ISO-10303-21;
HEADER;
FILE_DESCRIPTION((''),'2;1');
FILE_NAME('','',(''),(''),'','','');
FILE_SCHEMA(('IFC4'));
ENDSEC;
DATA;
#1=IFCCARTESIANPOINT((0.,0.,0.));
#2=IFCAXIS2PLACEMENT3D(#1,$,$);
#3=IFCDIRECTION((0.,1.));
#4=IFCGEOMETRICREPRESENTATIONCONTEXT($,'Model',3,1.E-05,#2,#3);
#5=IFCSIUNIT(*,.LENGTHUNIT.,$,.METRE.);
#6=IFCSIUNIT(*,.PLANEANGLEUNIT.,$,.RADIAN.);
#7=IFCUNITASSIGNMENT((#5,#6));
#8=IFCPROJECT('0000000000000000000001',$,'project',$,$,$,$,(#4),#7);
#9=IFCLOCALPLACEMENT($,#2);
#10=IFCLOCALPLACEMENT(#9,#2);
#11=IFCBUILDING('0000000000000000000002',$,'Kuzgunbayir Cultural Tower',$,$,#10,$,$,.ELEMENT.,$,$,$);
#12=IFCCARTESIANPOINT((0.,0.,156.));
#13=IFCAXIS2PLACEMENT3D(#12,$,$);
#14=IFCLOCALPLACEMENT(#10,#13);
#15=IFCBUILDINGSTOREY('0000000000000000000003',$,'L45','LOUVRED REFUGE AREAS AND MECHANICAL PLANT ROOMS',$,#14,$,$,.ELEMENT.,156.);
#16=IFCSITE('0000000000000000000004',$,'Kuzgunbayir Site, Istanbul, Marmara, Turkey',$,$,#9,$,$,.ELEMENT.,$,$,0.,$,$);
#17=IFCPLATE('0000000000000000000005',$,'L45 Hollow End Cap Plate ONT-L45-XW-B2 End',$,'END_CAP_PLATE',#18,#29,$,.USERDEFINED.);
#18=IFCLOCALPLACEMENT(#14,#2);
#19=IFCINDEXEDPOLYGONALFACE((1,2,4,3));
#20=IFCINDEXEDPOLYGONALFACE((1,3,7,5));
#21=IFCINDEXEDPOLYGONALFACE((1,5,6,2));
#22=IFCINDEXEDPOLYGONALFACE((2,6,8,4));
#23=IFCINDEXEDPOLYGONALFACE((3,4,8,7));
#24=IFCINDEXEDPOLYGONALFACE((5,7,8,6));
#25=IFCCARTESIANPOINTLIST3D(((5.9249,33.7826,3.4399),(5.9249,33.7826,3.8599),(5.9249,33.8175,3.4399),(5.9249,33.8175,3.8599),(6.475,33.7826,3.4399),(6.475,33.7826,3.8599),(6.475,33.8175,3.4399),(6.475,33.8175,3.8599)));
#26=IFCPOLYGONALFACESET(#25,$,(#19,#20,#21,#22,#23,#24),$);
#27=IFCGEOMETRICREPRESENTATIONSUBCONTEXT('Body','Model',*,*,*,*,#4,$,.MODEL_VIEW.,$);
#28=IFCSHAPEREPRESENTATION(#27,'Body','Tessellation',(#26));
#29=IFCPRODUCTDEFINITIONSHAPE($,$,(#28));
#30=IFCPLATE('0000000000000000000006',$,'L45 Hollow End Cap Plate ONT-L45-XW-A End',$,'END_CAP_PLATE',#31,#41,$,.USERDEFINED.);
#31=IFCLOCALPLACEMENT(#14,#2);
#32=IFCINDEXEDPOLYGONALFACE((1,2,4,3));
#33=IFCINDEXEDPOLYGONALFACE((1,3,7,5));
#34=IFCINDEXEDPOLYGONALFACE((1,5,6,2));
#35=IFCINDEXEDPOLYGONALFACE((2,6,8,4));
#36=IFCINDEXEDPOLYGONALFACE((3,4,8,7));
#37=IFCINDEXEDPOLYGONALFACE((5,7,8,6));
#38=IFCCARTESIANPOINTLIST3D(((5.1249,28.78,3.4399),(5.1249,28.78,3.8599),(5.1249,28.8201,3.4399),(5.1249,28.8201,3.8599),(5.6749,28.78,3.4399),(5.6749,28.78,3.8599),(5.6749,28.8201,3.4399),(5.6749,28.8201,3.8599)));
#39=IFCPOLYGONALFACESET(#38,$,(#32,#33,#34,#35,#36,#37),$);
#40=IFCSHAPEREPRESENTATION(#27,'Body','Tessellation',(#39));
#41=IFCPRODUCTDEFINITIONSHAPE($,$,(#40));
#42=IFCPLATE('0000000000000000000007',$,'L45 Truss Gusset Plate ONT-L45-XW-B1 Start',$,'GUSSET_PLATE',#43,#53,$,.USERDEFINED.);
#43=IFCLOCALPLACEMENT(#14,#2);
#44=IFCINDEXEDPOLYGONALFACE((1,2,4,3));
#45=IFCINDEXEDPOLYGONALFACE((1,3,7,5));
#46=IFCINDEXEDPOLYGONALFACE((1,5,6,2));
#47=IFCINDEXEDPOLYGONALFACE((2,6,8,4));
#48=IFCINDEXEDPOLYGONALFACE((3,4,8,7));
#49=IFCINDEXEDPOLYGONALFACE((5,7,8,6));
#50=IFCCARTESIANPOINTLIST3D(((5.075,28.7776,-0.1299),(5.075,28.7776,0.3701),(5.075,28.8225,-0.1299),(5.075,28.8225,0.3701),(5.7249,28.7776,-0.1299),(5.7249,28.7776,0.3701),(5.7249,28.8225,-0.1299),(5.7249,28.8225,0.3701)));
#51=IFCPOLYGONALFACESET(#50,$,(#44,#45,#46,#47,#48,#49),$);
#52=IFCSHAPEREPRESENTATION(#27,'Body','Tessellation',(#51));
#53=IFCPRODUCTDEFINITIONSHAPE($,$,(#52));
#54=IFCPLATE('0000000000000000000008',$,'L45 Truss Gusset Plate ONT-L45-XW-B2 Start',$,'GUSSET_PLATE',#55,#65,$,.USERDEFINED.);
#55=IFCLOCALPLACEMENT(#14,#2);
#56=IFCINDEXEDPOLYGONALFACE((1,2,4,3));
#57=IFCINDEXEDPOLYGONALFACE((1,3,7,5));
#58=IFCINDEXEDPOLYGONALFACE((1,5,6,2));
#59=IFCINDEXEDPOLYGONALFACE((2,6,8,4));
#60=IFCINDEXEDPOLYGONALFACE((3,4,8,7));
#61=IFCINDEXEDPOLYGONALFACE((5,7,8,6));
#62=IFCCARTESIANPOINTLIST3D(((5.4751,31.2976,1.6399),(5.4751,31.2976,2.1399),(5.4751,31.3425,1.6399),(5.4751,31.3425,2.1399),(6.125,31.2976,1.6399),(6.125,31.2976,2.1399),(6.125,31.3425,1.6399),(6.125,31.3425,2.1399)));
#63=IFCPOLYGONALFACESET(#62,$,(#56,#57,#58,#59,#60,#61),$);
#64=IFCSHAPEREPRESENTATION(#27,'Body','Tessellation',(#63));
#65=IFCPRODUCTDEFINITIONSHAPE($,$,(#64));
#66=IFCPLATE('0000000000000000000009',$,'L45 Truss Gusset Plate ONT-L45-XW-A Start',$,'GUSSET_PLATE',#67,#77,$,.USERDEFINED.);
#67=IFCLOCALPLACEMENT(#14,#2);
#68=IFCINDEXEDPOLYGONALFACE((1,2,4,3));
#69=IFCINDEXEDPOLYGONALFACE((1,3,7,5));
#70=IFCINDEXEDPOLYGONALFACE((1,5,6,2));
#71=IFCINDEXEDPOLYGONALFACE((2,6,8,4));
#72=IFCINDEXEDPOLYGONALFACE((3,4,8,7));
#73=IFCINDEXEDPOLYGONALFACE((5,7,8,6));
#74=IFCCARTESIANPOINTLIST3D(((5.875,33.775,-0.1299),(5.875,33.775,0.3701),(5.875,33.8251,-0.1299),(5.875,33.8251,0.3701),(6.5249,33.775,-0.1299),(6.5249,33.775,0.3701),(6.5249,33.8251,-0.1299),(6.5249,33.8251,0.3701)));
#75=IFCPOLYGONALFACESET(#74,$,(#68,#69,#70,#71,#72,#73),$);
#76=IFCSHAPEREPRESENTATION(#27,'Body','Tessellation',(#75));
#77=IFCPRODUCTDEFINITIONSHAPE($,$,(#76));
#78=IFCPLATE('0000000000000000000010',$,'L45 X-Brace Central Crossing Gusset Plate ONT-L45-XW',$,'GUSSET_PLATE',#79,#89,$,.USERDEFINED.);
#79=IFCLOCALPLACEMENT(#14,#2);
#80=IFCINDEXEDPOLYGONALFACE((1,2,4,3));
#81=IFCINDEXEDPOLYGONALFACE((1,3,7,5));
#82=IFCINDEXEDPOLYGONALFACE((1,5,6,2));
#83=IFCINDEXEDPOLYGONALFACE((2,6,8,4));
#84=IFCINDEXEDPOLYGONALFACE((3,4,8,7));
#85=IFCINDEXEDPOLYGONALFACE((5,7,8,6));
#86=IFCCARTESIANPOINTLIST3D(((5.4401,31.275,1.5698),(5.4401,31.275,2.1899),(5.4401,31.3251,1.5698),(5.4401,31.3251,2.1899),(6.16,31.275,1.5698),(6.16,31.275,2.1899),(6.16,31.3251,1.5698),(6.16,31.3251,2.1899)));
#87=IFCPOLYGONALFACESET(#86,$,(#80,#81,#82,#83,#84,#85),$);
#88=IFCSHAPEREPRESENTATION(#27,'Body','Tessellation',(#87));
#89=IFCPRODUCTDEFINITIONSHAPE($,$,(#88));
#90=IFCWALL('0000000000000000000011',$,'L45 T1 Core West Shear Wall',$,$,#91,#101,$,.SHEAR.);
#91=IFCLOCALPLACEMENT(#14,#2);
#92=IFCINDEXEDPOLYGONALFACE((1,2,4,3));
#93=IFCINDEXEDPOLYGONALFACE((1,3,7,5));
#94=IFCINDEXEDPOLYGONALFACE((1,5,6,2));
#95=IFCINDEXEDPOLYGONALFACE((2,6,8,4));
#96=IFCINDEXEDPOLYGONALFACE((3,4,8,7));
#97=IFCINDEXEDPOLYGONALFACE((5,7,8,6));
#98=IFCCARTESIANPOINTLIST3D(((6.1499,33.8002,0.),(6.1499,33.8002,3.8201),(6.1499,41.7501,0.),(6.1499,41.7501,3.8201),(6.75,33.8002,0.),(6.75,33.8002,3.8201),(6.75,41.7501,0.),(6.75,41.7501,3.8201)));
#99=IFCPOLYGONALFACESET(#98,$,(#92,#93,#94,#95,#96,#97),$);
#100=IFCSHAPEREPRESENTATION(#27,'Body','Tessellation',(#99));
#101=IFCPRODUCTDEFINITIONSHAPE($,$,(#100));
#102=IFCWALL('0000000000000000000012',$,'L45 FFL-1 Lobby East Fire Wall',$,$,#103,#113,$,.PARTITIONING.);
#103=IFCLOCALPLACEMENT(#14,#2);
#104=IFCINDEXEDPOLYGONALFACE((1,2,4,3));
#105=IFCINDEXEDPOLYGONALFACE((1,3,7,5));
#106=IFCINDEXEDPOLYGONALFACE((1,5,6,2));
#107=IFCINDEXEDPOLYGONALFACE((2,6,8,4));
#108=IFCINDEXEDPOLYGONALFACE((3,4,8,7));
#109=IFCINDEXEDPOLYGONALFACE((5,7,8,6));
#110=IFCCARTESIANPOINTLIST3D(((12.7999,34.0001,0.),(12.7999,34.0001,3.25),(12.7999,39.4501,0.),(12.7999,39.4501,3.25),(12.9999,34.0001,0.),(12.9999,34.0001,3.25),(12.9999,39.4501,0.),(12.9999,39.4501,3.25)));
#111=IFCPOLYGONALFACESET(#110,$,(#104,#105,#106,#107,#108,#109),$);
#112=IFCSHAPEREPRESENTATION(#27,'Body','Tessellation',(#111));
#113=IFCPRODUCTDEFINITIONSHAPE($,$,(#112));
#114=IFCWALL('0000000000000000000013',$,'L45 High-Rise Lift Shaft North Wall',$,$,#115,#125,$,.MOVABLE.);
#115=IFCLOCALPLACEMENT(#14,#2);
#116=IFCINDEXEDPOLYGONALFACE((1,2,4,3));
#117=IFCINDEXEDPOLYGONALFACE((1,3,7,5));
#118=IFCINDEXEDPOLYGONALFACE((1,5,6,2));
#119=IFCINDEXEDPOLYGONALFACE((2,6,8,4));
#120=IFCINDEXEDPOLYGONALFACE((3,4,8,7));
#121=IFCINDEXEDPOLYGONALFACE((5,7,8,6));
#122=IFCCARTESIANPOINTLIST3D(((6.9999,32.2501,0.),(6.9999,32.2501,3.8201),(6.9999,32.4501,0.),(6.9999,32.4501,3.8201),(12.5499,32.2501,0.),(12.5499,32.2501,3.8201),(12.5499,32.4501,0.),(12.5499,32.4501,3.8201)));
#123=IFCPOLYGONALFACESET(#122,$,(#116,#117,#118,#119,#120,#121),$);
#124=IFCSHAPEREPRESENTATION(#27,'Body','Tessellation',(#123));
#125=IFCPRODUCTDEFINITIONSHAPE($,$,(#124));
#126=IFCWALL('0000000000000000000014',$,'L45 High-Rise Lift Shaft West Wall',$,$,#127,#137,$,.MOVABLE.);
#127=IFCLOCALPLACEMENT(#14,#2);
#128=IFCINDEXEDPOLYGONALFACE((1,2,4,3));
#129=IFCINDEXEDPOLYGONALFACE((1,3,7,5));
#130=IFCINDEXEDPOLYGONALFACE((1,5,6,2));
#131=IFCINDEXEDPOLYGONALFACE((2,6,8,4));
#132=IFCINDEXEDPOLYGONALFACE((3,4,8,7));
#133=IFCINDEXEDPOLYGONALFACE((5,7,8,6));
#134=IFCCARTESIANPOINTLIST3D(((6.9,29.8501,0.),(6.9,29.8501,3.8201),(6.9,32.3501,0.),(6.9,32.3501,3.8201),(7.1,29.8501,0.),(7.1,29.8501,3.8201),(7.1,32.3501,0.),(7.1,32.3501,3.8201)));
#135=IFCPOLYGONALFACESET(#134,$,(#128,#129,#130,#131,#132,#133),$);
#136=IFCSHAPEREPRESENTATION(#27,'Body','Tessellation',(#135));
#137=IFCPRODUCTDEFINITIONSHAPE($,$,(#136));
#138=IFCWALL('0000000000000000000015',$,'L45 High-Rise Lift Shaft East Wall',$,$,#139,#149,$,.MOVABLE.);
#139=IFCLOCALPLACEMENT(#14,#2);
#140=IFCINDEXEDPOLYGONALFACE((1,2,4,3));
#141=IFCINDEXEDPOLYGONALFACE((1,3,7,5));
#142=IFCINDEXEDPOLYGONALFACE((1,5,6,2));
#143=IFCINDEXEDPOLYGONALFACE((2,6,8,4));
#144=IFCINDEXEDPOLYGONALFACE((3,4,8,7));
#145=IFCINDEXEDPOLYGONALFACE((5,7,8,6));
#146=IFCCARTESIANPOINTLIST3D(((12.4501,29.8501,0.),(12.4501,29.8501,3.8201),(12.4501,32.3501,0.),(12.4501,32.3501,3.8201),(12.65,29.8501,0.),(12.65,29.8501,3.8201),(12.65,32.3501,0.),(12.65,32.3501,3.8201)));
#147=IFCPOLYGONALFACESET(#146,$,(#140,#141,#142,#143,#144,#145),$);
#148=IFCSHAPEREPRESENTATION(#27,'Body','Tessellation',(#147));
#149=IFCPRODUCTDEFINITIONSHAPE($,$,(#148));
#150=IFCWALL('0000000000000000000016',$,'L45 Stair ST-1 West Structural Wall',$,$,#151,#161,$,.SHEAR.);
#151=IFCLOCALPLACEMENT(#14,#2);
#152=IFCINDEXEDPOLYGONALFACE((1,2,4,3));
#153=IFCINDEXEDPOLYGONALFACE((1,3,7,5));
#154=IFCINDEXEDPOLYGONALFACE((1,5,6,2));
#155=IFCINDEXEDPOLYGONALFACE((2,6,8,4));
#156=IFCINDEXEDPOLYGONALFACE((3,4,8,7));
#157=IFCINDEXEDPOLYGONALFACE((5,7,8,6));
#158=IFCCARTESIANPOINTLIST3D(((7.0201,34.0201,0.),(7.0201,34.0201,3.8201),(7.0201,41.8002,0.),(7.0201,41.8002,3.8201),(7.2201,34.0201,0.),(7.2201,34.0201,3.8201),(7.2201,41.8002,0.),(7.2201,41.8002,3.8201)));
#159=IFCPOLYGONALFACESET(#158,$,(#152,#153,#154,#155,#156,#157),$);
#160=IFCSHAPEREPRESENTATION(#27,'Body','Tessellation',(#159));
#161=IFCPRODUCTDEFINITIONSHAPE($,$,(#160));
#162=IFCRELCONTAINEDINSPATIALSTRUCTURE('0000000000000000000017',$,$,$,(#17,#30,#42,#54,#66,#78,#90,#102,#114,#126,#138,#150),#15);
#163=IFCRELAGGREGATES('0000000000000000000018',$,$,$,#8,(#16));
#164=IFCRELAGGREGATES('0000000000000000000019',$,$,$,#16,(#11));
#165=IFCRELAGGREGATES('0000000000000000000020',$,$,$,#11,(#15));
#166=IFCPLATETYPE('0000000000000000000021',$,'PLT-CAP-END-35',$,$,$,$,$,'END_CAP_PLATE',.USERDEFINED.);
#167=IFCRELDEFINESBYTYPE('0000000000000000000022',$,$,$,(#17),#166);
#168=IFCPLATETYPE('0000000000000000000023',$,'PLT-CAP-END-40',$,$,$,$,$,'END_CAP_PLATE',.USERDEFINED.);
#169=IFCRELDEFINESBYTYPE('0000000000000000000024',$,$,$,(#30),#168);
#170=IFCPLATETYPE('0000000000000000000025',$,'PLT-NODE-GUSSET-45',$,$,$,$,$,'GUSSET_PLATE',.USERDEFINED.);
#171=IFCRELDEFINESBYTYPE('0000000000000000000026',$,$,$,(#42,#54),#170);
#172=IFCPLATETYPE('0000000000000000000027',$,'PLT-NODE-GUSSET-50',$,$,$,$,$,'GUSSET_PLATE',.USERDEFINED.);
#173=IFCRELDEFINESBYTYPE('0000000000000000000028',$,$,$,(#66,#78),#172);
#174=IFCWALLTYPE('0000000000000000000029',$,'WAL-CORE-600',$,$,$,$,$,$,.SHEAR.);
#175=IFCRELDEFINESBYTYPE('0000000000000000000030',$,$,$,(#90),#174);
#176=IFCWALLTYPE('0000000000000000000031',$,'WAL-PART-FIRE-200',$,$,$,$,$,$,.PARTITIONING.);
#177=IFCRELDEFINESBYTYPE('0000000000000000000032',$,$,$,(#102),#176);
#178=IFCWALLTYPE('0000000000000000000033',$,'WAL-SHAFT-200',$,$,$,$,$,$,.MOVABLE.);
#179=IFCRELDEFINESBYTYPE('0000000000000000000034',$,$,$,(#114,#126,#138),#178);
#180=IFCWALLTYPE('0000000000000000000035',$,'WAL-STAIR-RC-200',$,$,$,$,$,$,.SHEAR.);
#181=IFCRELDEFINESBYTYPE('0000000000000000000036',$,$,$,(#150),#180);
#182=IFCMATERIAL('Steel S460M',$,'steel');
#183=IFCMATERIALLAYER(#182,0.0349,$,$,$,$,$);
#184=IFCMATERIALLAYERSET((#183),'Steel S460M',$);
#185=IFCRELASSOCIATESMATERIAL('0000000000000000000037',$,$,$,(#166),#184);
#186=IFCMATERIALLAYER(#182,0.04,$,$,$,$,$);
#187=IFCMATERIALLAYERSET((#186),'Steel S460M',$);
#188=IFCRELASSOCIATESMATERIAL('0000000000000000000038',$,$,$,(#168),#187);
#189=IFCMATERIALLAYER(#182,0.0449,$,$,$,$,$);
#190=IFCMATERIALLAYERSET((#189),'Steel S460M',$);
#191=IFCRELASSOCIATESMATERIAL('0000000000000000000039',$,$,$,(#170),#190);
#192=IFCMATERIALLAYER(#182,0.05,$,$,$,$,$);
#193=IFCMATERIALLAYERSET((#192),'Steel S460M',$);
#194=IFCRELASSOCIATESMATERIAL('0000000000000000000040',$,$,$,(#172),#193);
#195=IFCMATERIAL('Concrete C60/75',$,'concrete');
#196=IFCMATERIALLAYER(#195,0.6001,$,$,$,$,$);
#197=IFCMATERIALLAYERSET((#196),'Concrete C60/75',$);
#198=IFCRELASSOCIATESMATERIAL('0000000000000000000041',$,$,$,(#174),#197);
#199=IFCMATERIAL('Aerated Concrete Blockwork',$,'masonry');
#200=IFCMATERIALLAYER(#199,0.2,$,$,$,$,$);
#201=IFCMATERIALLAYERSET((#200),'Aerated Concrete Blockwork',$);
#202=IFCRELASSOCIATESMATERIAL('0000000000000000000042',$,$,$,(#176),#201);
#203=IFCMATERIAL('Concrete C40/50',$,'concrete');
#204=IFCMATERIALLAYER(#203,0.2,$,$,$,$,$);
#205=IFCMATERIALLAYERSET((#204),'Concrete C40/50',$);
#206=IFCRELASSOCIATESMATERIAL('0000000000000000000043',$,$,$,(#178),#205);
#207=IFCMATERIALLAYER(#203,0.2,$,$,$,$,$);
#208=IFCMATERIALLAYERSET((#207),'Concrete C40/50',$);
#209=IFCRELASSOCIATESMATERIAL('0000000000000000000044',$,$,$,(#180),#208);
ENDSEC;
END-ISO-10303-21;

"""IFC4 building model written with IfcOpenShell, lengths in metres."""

from ifc_helpers import new_model, si_unit, direction, frame, frame_2d, origin, origin_2d, place, context, subcontext, project, spatial, rectangle, extrude, material, layer, layer_set, type_object, element, save


model = new_model("IFC4")

# Units and contexts
model_context = context("Model", 3, precision=1e-05, world=origin(), true_north=direction((0.0, 1.0)))
body_context = subcontext(model_context, "Body", "Model", "MODEL_VIEW")
ifc_project = project(units=[si_unit("LENGTHUNIT", "METRE"), si_unit("PLANEANGLEUNIT", "RADIAN")], contexts=[model_context])

# Site, building, storey
site_placement = place(None, origin())
site = spatial("IfcSite", under=ifc_project, at=site_placement, Name="Kuzgunbayir Site, Istanbul, Marmara, Turkey", CompositionType="ELEMENT", RefElevation=0.0)
building_placement = place(site_placement, origin())
building = spatial("IfcBuilding", under=site, at=building_placement, Name="Kuzgunbayir Cultural Tower", CompositionType="ELEMENT")
storey_placement = place(building_placement, frame((0.0, 0.0, 156.0)))
storey = spatial("IfcBuildingStorey", under=building, at=storey_placement, Name="L45", Description="LOUVRED REFUGE AREAS AND MECHANICAL PLANT ROOMS", CompositionType="ELEMENT", Elevation=156.0)

# Shared definitions
ifc_material_1 = material(Name="Steel S460M", Category="steel")

# Plates
ifc_layer_1 = layer(ifc_material_1, 0.0349)
ifc_layer_set_1 = layer_set([ifc_layer_1], Name="Steel S460M")
plate_type_1 = type_object("IfcPlateType", Name="PLT-CAP-END-35", ElementType="END_CAP_PLATE", PredefinedType="USERDEFINED", material=ifc_layer_set_1)
for number, where, z_axis, x_axis, name in (
    (1, (6.2, 33.8, 3.4399), (0.0, 0.0, 1.0), (1.0, 0.0, 0.0), "L45 Hollow End Cap Plate ONT-L45-XW-B2 End"),
):
    element("IfcPlate", number, at=place(storey_placement, frame(where, z_axis=z_axis, x_axis=x_axis)), inside=storey, type_object=plate_type_1, Name=name, ObjectType="END_CAP_PLATE", PredefinedType="USERDEFINED", context=body_context, shape_type="SweptSolid", body=[
        extrude(rectangle(XDim=0.55, YDim=0.0349, at=origin_2d()), origin(), (0.0, 0.0, 1.0), 0.4199),
    ])
ifc_layer_2 = layer(ifc_material_1, 0.04)
ifc_layer_set_2 = layer_set([ifc_layer_2], Name="Steel S460M")
plate_type_2 = type_object("IfcPlateType", Name="PLT-CAP-END-40", ElementType="END_CAP_PLATE", PredefinedType="USERDEFINED", material=ifc_layer_set_2)
plate_1_placement = place(storey_placement, frame((5.3999, 28.8, 3.4399), z_axis=(0.0, 0.0, 1.0), x_axis=(1.0, 0.0, 0.0)))
element("IfcPlate", 2, at=plate_1_placement, inside=storey, type_object=plate_type_2, Name="L45 Hollow End Cap Plate ONT-L45-XW-A End", ObjectType="END_CAP_PLATE", PredefinedType="USERDEFINED", context=body_context, shape_type="SweptSolid", body=[
    extrude(rectangle(XDim=0.55, YDim=0.04, at=origin_2d()), origin(), (0.0, 0.0, 1.0), 0.4199),
])
ifc_layer_3 = layer(ifc_material_1, 0.0449)
ifc_layer_set_3 = layer_set([ifc_layer_3], Name="Steel S460M")
plate_type_3 = type_object("IfcPlateType", Name="PLT-NODE-GUSSET-45", ElementType="GUSSET_PLATE", PredefinedType="USERDEFINED", material=ifc_layer_set_3)
for number, where, z_axis, x_axis, name in (
    (3, (5.3999, 28.8, -0.1299), (0.0, 0.0, 1.0), (1.0, 0.0, 0.0), "L45 Truss Gusset Plate ONT-L45-XW-B1 Start"),
    (4, (5.8, 31.3201, 1.6399), (0.0, 0.0, 1.0), (1.0, 0.0, 0.0), "L45 Truss Gusset Plate ONT-L45-XW-B2 Start"),
):
    element("IfcPlate", number, at=place(storey_placement, frame(where, z_axis=z_axis, x_axis=x_axis)), inside=storey, type_object=plate_type_3, Name=name, ObjectType="GUSSET_PLATE", PredefinedType="USERDEFINED", context=body_context, shape_type="SweptSolid", body=[
        extrude(rectangle(XDim=0.6499, YDim=0.0449, at=origin_2d()), origin(), (0.0, 0.0, 1.0), 0.5),
    ])
ifc_layer_4 = layer(ifc_material_1, 0.05)
ifc_layer_set_4 = layer_set([ifc_layer_4], Name="Steel S460M")
plate_type_4 = type_object("IfcPlateType", Name="PLT-NODE-GUSSET-50", ElementType="GUSSET_PLATE", PredefinedType="USERDEFINED", material=ifc_layer_set_4)
plate_2_placement = place(storey_placement, frame((6.2, 33.8, -0.1299), z_axis=(0.0, 0.0, 1.0), x_axis=(1.0, 0.0, 0.0)))
element("IfcPlate", 5, at=plate_2_placement, inside=storey, type_object=plate_type_4, Name="L45 Truss Gusset Plate ONT-L45-XW-A Start", ObjectType="GUSSET_PLATE", PredefinedType="USERDEFINED", context=body_context, shape_type="SweptSolid", body=[
    extrude(rectangle(XDim=0.6499, YDim=0.05, at=origin_2d()), origin(), (0.0, 0.0, 1.0), 0.5),
])
plate_3_placement = place(storey_placement, frame((5.8, 31.3, 1.5698), z_axis=(0.0, 0.0, 1.0), x_axis=(1.0, 0.0, 0.0)))
element("IfcPlate", 6, at=plate_3_placement, inside=storey, type_object=plate_type_4, Name="L45 X-Brace Central Crossing Gusset Plate ONT-L45-XW", ObjectType="GUSSET_PLATE", PredefinedType="USERDEFINED", context=body_context, shape_type="SweptSolid", body=[
    extrude(rectangle(XDim=0.72, YDim=0.05, at=origin_2d()), origin(), (0.0, 0.0, 1.0), 0.6201),
])

# Walls
ifc_material_2 = material(Name="Concrete C60/75", Category="concrete")
ifc_layer_5 = layer(ifc_material_2, 0.6001)
ifc_layer_set_5 = layer_set([ifc_layer_5], Name="Concrete C60/75")
wall_type_1 = type_object("IfcWallType", Name="WAL-CORE-600", PredefinedType="SHEAR", material=ifc_layer_set_5)
wall_1_placement = place(storey_placement, frame((6.45, 33.8, 0.0), z_axis=(0.0, 0.0, 1.0), x_axis=(0.0, 1.0, 0.0)))
element("IfcWall", 7, at=wall_1_placement, inside=storey, type_object=wall_type_1, Name="L45 T1 Core West Shear Wall", PredefinedType="SHEAR", context=body_context, shape_type="SweptSolid", body=[
    extrude(rectangle(XDim=7.95, YDim=0.6001, at=frame_2d((3.9751, 0.0))), origin(), (0.0, 0.0, 1.0), 3.8201),
])
ifc_material_3 = material(Name="Aerated Concrete Blockwork", Category="masonry")
ifc_layer_6 = layer(ifc_material_3, 0.2)
ifc_layer_set_6 = layer_set([ifc_layer_6], Name="Aerated Concrete Blockwork")
wall_type_2 = type_object("IfcWallType", Name="WAL-PART-FIRE-200", PredefinedType="PARTITIONING", material=ifc_layer_set_6)
wall_2_placement = place(storey_placement, frame((12.8999, 34.0, 0.0), z_axis=(0.0, 0.0, 1.0), x_axis=(0.0, 1.0, 0.0)))
element("IfcWall", 8, at=wall_2_placement, inside=storey, type_object=wall_type_2, Name="L45 FFL-1 Lobby East Fire Wall", PredefinedType="PARTITIONING", context=body_context, shape_type="SweptSolid", body=[
    extrude(rectangle(XDim=5.45, YDim=0.2, at=frame_2d((2.7251, 0.0))), origin(), (0.0, 0.0, 1.0), 3.25),
])

# Shared definitions
ifc_material_4 = material(Name="Concrete C40/50", Category="concrete")
ifc_layer_7 = layer(ifc_material_4, 0.2)
ifc_layer_set_7 = layer_set([ifc_layer_7], Name="Concrete C40/50")
wall_type_3 = type_object("IfcWallType", Name="WAL-SHAFT-200", PredefinedType="MOVABLE", material=ifc_layer_set_7)

# Walls
wall_3_placement = place(storey_placement, frame((7.0, 32.3501, 0.0), z_axis=(0.0, 0.0, 1.0), x_axis=(1.0, 0.0, 0.0)))
element("IfcWall", 9, at=wall_3_placement, inside=storey, type_object=wall_type_3, Name="L45 High-Rise Lift Shaft North Wall", PredefinedType="MOVABLE", context=body_context, shape_type="SweptSolid", body=[
    extrude(rectangle(XDim=5.55, YDim=0.2, at=frame_2d((2.7749, 0.0))), origin(), (0.0, 0.0, 1.0), 3.8201),
])
for number, where, z_axis, x_axis, name in (
    (10, (7.0, 29.8501, 0.0), (0.0, 0.0, 1.0), (0.0, 1.0, 0.0), "L45 High-Rise Lift Shaft West Wall"),
    (11, (12.55, 29.8501, 0.0), (0.0, 0.0, 1.0), (0.0, 1.0, 0.0), "L45 High-Rise Lift Shaft East Wall"),
):
    element("IfcWall", number, at=place(storey_placement, frame(where, z_axis=z_axis, x_axis=x_axis)), inside=storey, type_object=wall_type_3, Name=name, PredefinedType="MOVABLE", context=body_context, shape_type="SweptSolid", body=[
        extrude(rectangle(XDim=2.5, YDim=0.2, at=frame_2d((1.25, 0.0))), origin(), (0.0, 0.0, 1.0), 3.8201),
    ])
ifc_layer_8 = layer(ifc_material_4, 0.2)
ifc_layer_set_8 = layer_set([ifc_layer_8], Name="Concrete C40/50")
wall_type_4 = type_object("IfcWallType", Name="WAL-STAIR-RC-200", PredefinedType="SHEAR", material=ifc_layer_set_8)
wall_4_placement = place(storey_placement, frame((7.1201, 34.02, 0.0), z_axis=(0.0, 0.0, 1.0), x_axis=(0.0, 1.0, 0.0)))
element("IfcWall", 12, at=wall_4_placement, inside=storey, type_object=wall_type_4, Name="L45 Stair ST-1 West Structural Wall", PredefinedType="SHEAR", context=body_context, shape_type="SweptSolid", body=[
    extrude(rectangle(XDim=7.78, YDim=0.2, at=frame_2d((3.8901, 0.0))), origin(), (0.0, 0.0, 1.0), 3.8201),
])

save(model, "model.ifc")
